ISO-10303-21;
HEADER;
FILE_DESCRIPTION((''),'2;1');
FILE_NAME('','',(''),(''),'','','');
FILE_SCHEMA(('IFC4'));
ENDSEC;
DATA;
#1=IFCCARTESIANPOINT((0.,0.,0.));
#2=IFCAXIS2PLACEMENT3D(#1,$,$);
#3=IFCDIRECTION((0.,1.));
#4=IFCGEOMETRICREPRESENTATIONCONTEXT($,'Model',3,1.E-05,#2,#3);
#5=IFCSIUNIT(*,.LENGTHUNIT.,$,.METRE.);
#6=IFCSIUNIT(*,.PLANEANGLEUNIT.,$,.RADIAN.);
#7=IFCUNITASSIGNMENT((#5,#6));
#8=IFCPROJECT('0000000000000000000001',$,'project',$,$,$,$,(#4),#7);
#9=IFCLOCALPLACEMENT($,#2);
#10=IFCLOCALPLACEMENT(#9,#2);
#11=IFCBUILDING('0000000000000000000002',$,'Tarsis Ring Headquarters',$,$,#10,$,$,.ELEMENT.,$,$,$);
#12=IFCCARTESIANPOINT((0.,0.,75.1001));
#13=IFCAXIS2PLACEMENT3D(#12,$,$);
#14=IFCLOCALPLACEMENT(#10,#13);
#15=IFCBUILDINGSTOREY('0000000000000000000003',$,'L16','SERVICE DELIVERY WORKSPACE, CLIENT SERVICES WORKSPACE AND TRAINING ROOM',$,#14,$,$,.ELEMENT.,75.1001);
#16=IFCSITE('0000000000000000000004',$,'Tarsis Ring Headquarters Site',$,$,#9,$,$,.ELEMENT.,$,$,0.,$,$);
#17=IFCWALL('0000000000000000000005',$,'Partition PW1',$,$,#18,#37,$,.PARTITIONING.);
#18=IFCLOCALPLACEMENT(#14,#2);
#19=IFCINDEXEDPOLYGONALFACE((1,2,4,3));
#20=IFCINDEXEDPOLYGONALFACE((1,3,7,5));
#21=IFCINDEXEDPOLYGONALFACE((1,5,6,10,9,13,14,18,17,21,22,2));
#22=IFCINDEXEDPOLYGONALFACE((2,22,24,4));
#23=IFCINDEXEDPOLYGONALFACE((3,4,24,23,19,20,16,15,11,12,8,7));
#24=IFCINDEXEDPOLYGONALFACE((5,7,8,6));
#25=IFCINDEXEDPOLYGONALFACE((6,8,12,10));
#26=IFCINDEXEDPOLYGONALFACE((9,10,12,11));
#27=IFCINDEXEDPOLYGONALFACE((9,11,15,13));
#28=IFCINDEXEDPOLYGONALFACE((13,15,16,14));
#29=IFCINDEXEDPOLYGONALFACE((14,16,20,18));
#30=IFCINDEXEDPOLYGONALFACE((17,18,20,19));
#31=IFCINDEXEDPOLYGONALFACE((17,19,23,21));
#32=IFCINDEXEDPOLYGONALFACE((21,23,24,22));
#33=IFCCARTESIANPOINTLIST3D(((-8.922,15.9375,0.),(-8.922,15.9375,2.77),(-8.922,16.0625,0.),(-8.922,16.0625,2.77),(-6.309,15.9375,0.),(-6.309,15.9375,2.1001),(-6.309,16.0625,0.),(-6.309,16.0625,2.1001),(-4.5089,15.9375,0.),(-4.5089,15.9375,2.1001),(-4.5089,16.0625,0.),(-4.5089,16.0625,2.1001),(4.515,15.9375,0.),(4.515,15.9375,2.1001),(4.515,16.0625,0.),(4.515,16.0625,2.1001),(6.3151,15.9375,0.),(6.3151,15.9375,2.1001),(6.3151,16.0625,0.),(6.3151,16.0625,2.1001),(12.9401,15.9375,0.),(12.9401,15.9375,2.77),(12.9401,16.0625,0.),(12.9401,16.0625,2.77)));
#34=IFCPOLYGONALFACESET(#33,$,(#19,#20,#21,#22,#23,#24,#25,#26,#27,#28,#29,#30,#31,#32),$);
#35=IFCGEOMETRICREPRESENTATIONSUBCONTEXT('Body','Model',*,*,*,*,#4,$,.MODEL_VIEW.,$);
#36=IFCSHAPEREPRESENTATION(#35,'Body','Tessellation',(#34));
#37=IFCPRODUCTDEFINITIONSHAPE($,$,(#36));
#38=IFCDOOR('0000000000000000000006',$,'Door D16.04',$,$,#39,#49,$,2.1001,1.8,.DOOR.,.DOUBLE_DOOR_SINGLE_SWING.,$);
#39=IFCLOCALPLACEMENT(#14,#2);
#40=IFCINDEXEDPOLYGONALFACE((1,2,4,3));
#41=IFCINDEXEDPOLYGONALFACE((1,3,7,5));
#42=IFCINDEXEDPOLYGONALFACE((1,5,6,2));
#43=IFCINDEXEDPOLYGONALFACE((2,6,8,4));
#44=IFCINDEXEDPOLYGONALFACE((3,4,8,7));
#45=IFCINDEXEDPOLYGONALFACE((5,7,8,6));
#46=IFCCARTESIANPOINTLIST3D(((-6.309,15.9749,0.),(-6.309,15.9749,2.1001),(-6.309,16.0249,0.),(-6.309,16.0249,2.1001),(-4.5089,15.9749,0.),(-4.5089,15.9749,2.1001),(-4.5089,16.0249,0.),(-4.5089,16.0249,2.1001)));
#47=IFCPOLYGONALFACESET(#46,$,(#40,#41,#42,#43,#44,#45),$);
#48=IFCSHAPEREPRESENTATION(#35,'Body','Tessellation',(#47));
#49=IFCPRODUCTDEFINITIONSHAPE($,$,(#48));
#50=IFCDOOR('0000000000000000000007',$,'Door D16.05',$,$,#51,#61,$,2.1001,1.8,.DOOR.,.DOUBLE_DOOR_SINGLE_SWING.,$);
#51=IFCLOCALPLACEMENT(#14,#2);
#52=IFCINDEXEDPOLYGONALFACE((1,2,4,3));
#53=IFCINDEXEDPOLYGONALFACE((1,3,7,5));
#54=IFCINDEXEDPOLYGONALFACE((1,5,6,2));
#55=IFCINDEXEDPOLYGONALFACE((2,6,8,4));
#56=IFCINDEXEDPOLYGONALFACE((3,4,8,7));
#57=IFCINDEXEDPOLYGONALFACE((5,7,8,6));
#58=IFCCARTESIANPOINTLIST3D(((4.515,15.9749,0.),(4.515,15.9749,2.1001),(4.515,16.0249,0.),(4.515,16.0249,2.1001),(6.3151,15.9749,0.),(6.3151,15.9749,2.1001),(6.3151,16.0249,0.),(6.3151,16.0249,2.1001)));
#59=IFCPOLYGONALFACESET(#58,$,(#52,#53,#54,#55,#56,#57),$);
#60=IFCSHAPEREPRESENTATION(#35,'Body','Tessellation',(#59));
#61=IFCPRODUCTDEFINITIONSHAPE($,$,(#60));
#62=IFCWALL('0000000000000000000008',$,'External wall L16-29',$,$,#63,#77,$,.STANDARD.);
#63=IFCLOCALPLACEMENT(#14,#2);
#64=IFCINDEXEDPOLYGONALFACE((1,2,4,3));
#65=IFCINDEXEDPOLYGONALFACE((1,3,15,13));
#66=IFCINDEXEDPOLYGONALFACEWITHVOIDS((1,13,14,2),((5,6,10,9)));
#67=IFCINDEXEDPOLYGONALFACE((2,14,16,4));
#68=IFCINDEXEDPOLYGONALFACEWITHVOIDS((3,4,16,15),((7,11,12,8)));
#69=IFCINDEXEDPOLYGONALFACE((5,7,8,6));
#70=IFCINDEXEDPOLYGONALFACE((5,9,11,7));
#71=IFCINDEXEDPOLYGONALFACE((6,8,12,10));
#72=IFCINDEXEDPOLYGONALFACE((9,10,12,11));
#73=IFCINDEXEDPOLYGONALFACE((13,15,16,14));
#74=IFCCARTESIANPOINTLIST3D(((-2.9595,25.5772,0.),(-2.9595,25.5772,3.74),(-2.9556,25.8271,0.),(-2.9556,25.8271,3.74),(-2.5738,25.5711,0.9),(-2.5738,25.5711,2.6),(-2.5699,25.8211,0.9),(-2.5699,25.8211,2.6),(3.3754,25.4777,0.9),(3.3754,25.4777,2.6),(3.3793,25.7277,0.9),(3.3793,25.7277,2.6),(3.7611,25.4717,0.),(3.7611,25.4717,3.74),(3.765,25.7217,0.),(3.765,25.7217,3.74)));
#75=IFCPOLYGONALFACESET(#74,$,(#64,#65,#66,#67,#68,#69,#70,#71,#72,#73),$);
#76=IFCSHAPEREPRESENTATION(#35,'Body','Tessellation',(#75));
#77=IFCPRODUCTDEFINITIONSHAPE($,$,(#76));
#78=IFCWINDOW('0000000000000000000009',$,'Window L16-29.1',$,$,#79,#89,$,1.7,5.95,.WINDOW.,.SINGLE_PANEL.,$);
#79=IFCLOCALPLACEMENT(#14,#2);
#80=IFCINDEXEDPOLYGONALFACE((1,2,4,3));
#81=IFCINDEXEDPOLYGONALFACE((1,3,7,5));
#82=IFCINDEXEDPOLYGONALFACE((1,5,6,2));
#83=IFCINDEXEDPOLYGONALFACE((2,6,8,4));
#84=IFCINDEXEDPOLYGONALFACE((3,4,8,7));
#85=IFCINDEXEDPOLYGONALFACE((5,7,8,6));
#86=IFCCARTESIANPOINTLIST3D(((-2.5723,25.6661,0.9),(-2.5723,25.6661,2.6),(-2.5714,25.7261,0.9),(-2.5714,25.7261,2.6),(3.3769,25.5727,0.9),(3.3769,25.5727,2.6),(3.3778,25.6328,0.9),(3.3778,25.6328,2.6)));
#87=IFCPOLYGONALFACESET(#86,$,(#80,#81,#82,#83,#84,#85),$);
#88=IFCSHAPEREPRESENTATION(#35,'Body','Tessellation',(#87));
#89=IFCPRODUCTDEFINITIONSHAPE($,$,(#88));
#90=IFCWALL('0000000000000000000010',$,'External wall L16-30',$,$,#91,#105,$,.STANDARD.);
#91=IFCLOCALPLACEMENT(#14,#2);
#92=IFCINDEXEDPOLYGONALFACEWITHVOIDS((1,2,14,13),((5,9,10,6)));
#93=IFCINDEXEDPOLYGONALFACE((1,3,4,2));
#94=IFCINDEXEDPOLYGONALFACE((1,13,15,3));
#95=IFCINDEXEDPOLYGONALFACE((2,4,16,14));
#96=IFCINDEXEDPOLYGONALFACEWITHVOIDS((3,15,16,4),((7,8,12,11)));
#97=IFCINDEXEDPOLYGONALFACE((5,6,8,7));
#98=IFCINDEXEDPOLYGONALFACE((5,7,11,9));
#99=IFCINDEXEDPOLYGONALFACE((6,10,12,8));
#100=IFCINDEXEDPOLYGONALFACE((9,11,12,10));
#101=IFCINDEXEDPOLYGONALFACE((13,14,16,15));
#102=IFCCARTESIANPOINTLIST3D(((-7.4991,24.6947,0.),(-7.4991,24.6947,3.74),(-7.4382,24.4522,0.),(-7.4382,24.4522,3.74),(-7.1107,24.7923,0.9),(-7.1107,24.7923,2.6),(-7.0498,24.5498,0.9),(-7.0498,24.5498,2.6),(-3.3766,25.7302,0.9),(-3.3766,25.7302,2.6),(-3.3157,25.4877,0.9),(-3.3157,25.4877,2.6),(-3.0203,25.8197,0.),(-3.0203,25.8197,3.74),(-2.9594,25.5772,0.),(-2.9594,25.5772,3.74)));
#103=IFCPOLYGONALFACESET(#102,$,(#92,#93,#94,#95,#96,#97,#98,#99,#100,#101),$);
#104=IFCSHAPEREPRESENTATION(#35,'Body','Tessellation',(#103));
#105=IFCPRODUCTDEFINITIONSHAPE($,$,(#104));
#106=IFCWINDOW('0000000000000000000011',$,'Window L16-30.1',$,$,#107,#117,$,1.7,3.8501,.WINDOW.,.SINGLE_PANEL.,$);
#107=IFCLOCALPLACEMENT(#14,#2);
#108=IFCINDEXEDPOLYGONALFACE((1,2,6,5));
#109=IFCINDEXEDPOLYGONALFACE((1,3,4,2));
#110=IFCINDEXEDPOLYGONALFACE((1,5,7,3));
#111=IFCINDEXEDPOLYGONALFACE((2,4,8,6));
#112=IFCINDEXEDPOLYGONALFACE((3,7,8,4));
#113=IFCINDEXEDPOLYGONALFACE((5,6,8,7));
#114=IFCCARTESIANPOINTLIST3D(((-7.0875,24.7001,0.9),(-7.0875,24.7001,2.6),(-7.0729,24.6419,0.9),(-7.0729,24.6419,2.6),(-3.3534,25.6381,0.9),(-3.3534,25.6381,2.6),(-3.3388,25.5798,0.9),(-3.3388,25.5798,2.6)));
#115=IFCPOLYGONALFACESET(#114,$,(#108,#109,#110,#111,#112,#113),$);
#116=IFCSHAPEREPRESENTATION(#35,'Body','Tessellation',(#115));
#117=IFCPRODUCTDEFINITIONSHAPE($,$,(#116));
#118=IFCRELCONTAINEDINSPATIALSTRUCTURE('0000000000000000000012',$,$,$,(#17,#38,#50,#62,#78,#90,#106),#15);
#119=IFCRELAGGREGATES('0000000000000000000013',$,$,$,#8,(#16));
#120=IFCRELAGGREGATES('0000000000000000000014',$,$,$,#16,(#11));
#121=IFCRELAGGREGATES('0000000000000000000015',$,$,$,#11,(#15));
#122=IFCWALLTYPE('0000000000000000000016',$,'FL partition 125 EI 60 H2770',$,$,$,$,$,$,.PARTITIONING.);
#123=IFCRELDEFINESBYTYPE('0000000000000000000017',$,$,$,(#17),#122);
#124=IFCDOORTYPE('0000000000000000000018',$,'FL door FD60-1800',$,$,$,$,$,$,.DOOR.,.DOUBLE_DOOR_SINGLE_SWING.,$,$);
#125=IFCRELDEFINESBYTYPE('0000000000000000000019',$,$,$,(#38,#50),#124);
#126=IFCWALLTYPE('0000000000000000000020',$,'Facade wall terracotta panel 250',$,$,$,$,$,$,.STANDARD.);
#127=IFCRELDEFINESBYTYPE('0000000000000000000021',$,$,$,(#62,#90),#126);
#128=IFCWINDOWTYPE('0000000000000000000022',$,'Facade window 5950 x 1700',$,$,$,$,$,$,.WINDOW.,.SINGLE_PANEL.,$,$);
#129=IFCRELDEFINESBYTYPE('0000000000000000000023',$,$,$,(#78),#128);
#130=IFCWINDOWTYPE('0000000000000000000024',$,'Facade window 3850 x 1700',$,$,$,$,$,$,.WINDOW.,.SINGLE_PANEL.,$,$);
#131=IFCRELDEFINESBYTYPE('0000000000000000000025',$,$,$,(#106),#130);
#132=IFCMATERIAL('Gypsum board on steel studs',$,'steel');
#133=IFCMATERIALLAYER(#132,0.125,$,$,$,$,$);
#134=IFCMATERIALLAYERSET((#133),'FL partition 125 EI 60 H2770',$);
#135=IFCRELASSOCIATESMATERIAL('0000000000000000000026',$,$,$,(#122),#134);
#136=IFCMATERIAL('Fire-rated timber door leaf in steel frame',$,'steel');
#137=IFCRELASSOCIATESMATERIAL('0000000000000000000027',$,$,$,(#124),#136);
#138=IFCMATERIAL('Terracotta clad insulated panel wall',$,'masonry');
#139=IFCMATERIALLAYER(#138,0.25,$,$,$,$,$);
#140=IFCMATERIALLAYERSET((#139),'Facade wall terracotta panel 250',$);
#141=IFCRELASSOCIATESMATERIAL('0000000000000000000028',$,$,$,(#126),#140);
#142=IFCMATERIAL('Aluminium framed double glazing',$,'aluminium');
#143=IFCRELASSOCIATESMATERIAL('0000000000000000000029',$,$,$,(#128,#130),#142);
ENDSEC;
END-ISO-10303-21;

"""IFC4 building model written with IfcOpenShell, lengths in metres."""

from ifc_helpers import new_model, si_unit, direction, frame, frame_2d, origin, place, context, subcontext, project, spatial, rectangle, extrude, material, layer, layer_set, type_object, element, fill, save


model = new_model("IFC4")

# Units and contexts
model_context = context("Model", 3, precision=1e-05, world=origin(), true_north=direction((0.0, 1.0)))
body_context = subcontext(model_context, "Body", "Model", "MODEL_VIEW")
ifc_project = project(units=[si_unit("LENGTHUNIT", "METRE"), si_unit("PLANEANGLEUNIT", "RADIAN")], contexts=[model_context])

# Site, building, storey
site_placement = place(None, origin())
site = spatial("IfcSite", under=ifc_project, at=site_placement, Name="Tarsis Ring Headquarters Site", CompositionType="ELEMENT", RefElevation=0.0)
building_placement = place(site_placement, origin())
building = spatial("IfcBuilding", under=site, at=building_placement, Name="Tarsis Ring Headquarters", CompositionType="ELEMENT")
storey_placement = place(building_placement, frame((0.0, 0.0, 75.1001)))
storey = spatial("IfcBuildingStorey", under=building, at=storey_placement, Name="L16", Description="SERVICE DELIVERY WORKSPACE, CLIENT SERVICES WORKSPACE AND TRAINING ROOM", CompositionType="ELEMENT", Elevation=75.1001)

# Shared definitions
ifc_material_1 = material(Name="Gypsum board on steel studs", Category="steel")

# Wall, openings, doors
ifc_layer_1 = layer(ifc_material_1, 0.125)
ifc_layer_set_1 = layer_set([ifc_layer_1], Name="FL partition 125 EI 60 H2770")
wall_type_1 = type_object("IfcWallType", Name="FL partition 125 EI 60 H2770", PredefinedType="PARTITIONING", material=ifc_layer_set_1)
wall_1_placement = place(storey_placement, frame((-8.9221, 16.0, 0.0), z_axis=(0.0, 0.0, 1.0), x_axis=(1.0, 0.0, 0.0)))
wall_1 = element("IfcWall", 1, at=wall_1_placement, inside=storey, type_object=wall_type_1, Name="Partition PW1", PredefinedType="PARTITIONING", context=body_context, shape_type="SweptSolid", body=[
    extrude(rectangle(XDim=21.8621, YDim=0.125, at=frame_2d((10.9312, 0.0))), origin(), (0.0, 0.0, 1.0), 2.77),
])
opening_1_placement = place(wall_1_placement, frame((2.6133, 0.0, 0.0)))
opening_1 = element("IfcOpeningElement", 2, at=opening_1_placement, cuts=wall_1, PredefinedType="OPENING", context=body_context, shape_type="SweptSolid", body=[
    extrude(rectangle(XDim=1.8, YDim=2.1001, at=frame_2d((0.8999, 1.05))), frame((0.0, 0.0725, 0.0), z_axis=(0.0, -1.0, 0.0), x_axis=(1.0, 0.0, 0.0)), (0.0, 0.0, 1.0), 0.145),
])
opening_2_placement = place(wall_1_placement, frame((13.4373, 0.0, 0.0)))
opening_2 = element("IfcOpeningElement", 3, at=opening_2_placement, cuts=wall_1, PredefinedType="OPENING", context=body_context, shape_type="SweptSolid", body=[
    extrude(rectangle(XDim=1.8, YDim=2.1001, at=frame_2d((0.8999, 1.05))), frame((0.0, 0.0725, 0.0), z_axis=(0.0, -1.0, 0.0), x_axis=(1.0, 0.0, 0.0)), (0.0, 0.0, 1.0), 0.145),
])
ifc_material_2 = material(Name="Fire-rated timber door leaf in steel frame", Category="steel")
door_type = type_object("IfcDoorType", Name="FL door FD60-1800", OperationType="DOUBLE_DOOR_SINGLE_SWING", PredefinedType="DOOR", material=ifc_material_2)
door_1_placement = place(opening_1_placement, origin())
door_1 = element("IfcDoor", 4, at=door_1_placement, inside=storey, type_object=door_type, Name="Door D16.04", OperationType="DOUBLE_DOOR_SINGLE_SWING", OverallHeight=2.1001, OverallWidth=1.8, PredefinedType="DOOR", context=body_context, shape_type="SweptSolid", body=[
    extrude(rectangle(XDim=1.8, YDim=2.1001, at=frame_2d((0.8999, 1.05))), frame((0.0, 0.0249, 0.0), z_axis=(0.0, -1.0, 0.0), x_axis=(1.0, 0.0, 0.0)), (0.0, 0.0, 1.0), 0.05),
])
fill(opening_1, door_1)
door_2_placement = place(opening_2_placement, origin())
door_2 = element("IfcDoor", 5, at=door_2_placement, inside=storey, type_object=door_type, Name="Door D16.05", OperationType="DOUBLE_DOOR_SINGLE_SWING", OverallHeight=2.1001, OverallWidth=1.8, PredefinedType="DOOR", context=body_context, shape_type="SweptSolid", body=[
    extrude(rectangle(XDim=1.8, YDim=2.1001, at=frame_2d((0.8999, 1.05))), frame((0.0, 0.0249, 0.0), z_axis=(0.0, -1.0, 0.0), x_axis=(1.0, 0.0, 0.0)), (0.0, 0.0, 1.0), 0.05),
])
fill(opening_2, door_2)

# Walls, openings, windows
ifc_material_3 = material(Name="Terracotta clad insulated panel wall", Category="masonry")
ifc_layer_2 = layer(ifc_material_3, 0.25)
ifc_layer_set_2 = layer_set([ifc_layer_2], Name="Facade wall terracotta panel 250")
wall_type_2 = type_object("IfcWallType", Name="Facade wall terracotta panel 250", PredefinedType="STANDARD", material=ifc_layer_set_2)
wall_2_placement = place(storey_placement, frame((3.7632, 25.5967, 0.0), z_axis=(0.0, 0.0, 1.0), x_axis=(-0.999877, 0.015691, 0.0)))
wall_2 = element("IfcWall", 6, at=wall_2_placement, inside=storey, type_object=wall_type_2, Name="External wall L16-29", PredefinedType="STANDARD", context=body_context, shape_type="SweptSolid", body=[
    extrude(rectangle(XDim=6.7214, YDim=0.25, at=frame_2d((3.3608, 0.0))), origin(), (0.0, 0.0, 1.0), 3.74),
])
opening_3_placement = place(wall_2_placement, frame((0.3857, 0.0, 0.8999)))
opening_3 = element("IfcOpeningElement", 7, at=opening_3_placement, cuts=wall_2, PredefinedType="OPENING", context=body_context, shape_type="SweptSolid", body=[
    extrude(rectangle(XDim=5.95, YDim=1.7, at=frame_2d((2.9751, 0.8501))), frame((0.0, 0.135, 0.0), z_axis=(0.0, -1.0, 0.0), x_axis=(1.0, 0.0, 0.0)), (0.0, 0.0, 1.0), 0.27),
])
ifc_material_4 = material(Name="Aluminium framed double glazing", Category="aluminium")
window_type_1 = type_object("IfcWindowType", Name="Facade window 5950 x 1700", PartitioningType="SINGLE_PANEL", PredefinedType="WINDOW", material=ifc_material_4)
window_1_placement = place(opening_3_placement, origin())
window_1 = element("IfcWindow", 8, at=window_1_placement, inside=storey, type_object=window_type_1, Name="Window L16-29.1", OverallHeight=1.7, OverallWidth=5.95, PartitioningType="SINGLE_PANEL", PredefinedType="WINDOW", context=body_context, shape_type="SweptSolid", body=[
    extrude(rectangle(XDim=5.95, YDim=1.7, at=frame_2d((2.9751, 0.8501))), frame((0.0, 0.03, 0.0), z_axis=(0.0, -1.0, 0.0), x_axis=(1.0, 0.0, 0.0)), (0.0, 0.0, 1.0), 0.0601),
])
fill(opening_3, window_1)
wall_3_placement = place(storey_placement, frame((-2.9897, 25.6985, 0.0), z_axis=(0.0, 0.0, 1.0), x_axis=(-0.969871, -0.243618, 0.0)))
wall_3 = element("IfcWall", 9, at=wall_3_placement, inside=storey, type_object=wall_type_2, Name="External wall L16-30", PredefinedType="STANDARD", context=body_context, shape_type="SweptSolid", body=[
    extrude(rectangle(XDim=4.6179, YDim=0.25, at=frame_2d((2.3091, 0.0))), origin(), (0.0, 0.0, 1.0), 3.74),
])
opening_4_placement = place(wall_3_placement, frame((0.3674, 0.0, 0.8999)))
opening_4 = element("IfcOpeningElement", 10, at=opening_4_placement, cuts=wall_3, PredefinedType="OPENING", context=body_context, shape_type="SweptSolid", body=[
    extrude(rectangle(XDim=3.8501, YDim=1.7, at=frame_2d((1.925, 0.8501))), frame((0.0, 0.135, 0.0), z_axis=(0.0, -1.0, 0.0), x_axis=(1.0, 0.0, 0.0)), (0.0, 0.0, 1.0), 0.27),
])
window_type_2 = type_object("IfcWindowType", Name="Facade window 3850 x 1700", PartitioningType="SINGLE_PANEL", PredefinedType="WINDOW", material=ifc_material_4)
window_2_placement = place(opening_4_placement, origin())
window_2 = element("IfcWindow", 11, at=window_2_placement, inside=storey, type_object=window_type_2, Name="Window L16-30.1", OverallHeight=1.7, OverallWidth=3.8501, PartitioningType="SINGLE_PANEL", PredefinedType="WINDOW", context=body_context, shape_type="SweptSolid", body=[
    extrude(rectangle(XDim=3.8501, YDim=1.7, at=frame_2d((1.925, 0.8501))), frame((0.0, 0.03, 0.0), z_axis=(0.0, -1.0, 0.0), x_axis=(1.0, 0.0, 0.0)), (0.0, 0.0, 1.0), 0.0601),
])
fill(opening_4, window_2)

save(model, "model.ifc")
